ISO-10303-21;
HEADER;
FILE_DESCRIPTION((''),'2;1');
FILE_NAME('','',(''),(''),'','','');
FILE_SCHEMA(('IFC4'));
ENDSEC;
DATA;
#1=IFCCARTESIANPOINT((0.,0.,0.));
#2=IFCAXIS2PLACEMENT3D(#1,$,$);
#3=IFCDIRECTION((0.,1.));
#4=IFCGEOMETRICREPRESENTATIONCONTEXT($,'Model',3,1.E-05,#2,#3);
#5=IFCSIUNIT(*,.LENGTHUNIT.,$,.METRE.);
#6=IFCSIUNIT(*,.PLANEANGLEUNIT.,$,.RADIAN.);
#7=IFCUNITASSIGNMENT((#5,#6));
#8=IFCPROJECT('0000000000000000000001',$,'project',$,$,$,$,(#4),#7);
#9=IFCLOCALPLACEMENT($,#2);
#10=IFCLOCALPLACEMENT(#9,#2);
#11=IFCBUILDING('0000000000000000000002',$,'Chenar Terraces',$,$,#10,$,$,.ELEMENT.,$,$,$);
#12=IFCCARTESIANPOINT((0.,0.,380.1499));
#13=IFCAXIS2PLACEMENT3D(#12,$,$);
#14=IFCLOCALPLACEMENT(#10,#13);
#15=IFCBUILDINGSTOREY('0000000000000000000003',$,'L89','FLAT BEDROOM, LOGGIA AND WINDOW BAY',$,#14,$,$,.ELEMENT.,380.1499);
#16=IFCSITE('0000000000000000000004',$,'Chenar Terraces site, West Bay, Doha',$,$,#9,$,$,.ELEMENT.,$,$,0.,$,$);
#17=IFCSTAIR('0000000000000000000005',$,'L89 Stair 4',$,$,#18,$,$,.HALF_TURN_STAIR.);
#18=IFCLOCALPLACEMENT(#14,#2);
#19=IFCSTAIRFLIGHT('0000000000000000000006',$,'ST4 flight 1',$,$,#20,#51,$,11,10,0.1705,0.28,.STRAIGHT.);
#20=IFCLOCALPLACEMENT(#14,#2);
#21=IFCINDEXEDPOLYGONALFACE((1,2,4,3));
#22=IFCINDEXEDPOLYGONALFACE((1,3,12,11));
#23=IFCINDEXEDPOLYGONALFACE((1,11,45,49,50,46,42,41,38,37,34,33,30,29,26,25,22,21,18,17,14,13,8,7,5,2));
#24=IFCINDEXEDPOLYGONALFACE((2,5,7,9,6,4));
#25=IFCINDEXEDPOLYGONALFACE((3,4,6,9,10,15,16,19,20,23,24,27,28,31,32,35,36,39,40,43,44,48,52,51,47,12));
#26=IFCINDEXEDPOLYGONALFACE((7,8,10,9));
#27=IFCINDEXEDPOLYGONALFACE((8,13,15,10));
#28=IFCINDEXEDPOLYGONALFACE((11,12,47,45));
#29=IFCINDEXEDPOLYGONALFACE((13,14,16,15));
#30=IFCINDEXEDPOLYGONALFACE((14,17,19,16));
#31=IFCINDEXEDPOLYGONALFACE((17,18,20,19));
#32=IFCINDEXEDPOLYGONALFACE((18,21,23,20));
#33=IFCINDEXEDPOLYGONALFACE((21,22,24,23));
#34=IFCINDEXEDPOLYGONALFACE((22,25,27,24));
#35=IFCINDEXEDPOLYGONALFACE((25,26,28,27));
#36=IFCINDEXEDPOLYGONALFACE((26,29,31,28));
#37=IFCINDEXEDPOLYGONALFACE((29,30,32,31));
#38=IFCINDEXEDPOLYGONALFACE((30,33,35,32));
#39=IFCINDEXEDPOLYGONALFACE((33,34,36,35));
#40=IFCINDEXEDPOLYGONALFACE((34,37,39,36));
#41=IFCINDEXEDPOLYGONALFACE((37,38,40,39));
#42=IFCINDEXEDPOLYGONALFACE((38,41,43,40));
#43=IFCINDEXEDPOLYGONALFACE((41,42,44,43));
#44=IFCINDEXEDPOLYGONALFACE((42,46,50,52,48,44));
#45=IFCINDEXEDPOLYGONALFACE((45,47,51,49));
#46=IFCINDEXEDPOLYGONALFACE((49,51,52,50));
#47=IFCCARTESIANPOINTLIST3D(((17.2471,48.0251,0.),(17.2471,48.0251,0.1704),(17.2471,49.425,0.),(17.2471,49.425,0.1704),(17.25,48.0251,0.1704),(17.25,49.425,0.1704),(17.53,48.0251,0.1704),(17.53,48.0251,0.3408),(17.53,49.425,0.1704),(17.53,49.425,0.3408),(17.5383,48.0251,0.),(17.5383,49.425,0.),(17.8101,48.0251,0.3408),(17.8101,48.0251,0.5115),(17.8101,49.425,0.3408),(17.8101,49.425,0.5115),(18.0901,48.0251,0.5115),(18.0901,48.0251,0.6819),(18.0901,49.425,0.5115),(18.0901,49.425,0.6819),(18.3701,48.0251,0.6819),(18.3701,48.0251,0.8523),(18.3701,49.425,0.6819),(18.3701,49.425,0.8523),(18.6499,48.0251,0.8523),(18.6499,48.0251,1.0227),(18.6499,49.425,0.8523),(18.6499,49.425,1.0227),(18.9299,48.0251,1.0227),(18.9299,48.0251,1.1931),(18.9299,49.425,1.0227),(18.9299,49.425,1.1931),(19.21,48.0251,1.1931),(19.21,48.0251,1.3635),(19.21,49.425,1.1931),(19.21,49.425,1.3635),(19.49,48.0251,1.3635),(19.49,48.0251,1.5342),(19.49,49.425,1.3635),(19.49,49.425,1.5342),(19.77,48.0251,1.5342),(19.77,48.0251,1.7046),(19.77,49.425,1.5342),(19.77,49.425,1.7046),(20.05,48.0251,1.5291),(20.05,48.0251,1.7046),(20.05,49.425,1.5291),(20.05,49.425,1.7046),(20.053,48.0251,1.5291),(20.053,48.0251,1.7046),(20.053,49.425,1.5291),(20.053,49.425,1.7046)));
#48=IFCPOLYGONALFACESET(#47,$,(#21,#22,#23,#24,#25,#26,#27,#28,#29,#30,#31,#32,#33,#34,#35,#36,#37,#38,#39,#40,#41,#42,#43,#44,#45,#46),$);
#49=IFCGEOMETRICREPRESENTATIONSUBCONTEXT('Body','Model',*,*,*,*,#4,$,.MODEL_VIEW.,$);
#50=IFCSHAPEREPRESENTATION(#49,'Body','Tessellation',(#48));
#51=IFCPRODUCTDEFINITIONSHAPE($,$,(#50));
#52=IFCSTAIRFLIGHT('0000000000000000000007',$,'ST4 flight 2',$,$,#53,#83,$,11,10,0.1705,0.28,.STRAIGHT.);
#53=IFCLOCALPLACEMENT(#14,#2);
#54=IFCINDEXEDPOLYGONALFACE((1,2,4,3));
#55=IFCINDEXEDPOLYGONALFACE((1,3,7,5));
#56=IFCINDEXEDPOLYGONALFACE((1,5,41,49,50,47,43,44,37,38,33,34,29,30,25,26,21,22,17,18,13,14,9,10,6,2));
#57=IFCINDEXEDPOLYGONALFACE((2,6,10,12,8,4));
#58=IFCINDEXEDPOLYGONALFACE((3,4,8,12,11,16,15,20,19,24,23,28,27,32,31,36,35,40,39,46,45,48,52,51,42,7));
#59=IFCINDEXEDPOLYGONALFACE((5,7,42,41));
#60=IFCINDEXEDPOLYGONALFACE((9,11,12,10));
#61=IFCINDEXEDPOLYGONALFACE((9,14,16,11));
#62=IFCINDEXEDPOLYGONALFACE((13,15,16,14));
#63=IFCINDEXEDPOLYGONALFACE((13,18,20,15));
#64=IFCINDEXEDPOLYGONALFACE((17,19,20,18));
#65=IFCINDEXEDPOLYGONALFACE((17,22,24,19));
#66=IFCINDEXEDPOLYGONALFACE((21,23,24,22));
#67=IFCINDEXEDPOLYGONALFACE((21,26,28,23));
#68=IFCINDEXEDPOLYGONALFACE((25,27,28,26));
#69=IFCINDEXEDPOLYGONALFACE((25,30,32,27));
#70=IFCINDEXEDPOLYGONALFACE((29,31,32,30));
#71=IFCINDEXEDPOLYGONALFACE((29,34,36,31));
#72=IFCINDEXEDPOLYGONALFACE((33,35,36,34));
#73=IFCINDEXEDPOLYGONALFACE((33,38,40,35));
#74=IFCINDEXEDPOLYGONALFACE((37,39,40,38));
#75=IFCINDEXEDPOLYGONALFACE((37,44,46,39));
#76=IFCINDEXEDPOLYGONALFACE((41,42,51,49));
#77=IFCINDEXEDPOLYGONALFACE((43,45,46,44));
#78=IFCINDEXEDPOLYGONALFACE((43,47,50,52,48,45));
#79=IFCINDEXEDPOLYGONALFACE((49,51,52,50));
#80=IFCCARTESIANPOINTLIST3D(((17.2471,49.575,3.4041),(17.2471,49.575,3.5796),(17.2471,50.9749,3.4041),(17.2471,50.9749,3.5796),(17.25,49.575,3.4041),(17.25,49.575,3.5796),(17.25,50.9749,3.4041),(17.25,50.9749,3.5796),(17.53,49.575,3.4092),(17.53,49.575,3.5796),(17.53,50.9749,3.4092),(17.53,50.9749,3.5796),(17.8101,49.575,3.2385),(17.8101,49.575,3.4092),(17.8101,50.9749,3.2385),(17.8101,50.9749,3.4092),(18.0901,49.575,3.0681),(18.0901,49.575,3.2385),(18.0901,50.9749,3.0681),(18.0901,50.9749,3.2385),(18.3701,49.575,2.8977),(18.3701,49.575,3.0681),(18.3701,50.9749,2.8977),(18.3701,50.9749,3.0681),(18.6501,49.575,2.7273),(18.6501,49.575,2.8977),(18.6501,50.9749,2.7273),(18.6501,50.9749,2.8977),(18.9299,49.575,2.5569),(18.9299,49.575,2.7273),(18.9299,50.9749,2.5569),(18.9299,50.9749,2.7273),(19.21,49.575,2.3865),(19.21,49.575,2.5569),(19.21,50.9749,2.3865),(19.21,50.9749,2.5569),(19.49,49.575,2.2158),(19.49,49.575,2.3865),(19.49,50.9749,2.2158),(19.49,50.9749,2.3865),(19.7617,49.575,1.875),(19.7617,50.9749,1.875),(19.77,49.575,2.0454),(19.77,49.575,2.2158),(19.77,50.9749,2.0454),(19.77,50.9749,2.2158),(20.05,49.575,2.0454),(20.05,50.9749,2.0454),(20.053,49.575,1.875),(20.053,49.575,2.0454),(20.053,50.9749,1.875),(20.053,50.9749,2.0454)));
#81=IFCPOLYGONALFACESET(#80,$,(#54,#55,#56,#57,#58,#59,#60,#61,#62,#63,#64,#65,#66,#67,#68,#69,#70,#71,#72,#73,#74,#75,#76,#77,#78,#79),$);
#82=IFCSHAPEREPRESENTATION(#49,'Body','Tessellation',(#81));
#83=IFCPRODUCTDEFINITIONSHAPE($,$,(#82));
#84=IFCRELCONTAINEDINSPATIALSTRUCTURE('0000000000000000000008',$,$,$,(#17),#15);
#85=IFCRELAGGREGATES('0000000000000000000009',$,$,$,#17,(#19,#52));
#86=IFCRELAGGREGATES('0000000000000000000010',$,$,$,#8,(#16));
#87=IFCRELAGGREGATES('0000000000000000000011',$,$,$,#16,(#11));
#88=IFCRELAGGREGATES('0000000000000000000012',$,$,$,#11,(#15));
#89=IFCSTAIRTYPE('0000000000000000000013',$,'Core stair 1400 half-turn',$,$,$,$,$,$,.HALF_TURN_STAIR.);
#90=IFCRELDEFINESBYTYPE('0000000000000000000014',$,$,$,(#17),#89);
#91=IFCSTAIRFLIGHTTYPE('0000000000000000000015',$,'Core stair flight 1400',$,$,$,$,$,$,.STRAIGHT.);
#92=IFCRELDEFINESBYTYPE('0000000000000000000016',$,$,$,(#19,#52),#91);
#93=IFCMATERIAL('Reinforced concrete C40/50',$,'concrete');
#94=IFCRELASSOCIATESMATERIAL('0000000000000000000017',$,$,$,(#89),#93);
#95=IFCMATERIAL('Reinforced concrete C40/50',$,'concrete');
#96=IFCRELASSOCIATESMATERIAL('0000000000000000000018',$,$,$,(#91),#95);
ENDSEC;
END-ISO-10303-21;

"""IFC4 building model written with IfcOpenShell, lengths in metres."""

from ifc_helpers import new_model, si_unit, direction, frame, origin, place, context, subcontext, project, spatial, polyline, outline, extrude, material, type_object, element, aggregate, save


model = new_model("IFC4")

# Units and contexts
model_context = context("Model", 3, precision=1e-05, world=origin(), true_north=direction((0.0, 1.0)))
body_context = subcontext(model_context, "Body", "Model", "MODEL_VIEW")
ifc_project = project(units=[si_unit("LENGTHUNIT", "METRE"), si_unit("PLANEANGLEUNIT", "RADIAN")], contexts=[model_context])

# Site, building, storey
site_placement = place(None, origin())
site = spatial("IfcSite", under=ifc_project, at=site_placement, Name="Chenar Terraces site, West Bay, Doha", CompositionType="ELEMENT", RefElevation=0.0)
building_placement = place(site_placement, origin())
building = spatial("IfcBuilding", under=site, at=building_placement, Name="Chenar Terraces", CompositionType="ELEMENT")
storey_placement = place(building_placement, frame((0.0, 0.0, 380.1499)))
storey = spatial("IfcBuildingStorey", under=building, at=storey_placement, Name="L89", Description="FLAT BEDROOM, LOGGIA AND WINDOW BAY", CompositionType="ELEMENT", Elevation=380.1499)

# Stair, stair flights
ifc_material_1 = material(Name="Reinforced concrete C40/50", Category="concrete")
stair_type = type_object("IfcStairType", Name="Core stair 1400 half-turn", PredefinedType="HALF_TURN_STAIR", material=ifc_material_1)
stair_placement = place(storey_placement, origin())
stair = element("IfcStair", 1, at=stair_placement, inside=storey, type_object=stair_type, Name="L89 Stair 4", PredefinedType="HALF_TURN_STAIR")
ifc_material_2 = material(Name="Reinforced concrete C40/50", Category="concrete")
stair_flight_type = type_object("IfcStairFlightType", Name="Core stair flight 1400", PredefinedType="STRAIGHT", material=ifc_material_2)
stair_flight_1_placement = place(storey_placement, frame((17.25, 48.7251, 0.0), z_axis=(0.0, 0.0, 1.0), x_axis=(1.0, 0.0, 0.0)))
stair_flight_1 = element("IfcStairFlight", 2, at=stair_flight_1_placement, type_object=stair_flight_type, Name="ST4 flight 1", NumberOfRisers=11, NumberOfTreads=10, PredefinedType="STRAIGHT", RiserHeight=0.1705, TreadLength=0.28, context=body_context, shape_type="SweptSolid", body=[
    extrude(outline(polyline([(-0.0029, 0.0), (-0.0029, 0.1704), (0.0, 0.1704), (0.28, 0.1704), (0.28, 0.3408), (0.5601, 0.3408), (0.5601, 0.5115), (0.8401, 0.5115), (0.8401, 0.6819), (1.1201, 0.6819), (1.1201, 0.8523), (1.3999, 0.8523), (1.3999, 1.0227), (1.6799, 1.0227), (1.6799, 1.1931), (1.96, 1.1931), (1.96, 1.3635), (2.24, 1.3635), (2.24, 1.5342), (2.52, 1.5342), (2.52, 1.7046), (2.8, 1.7046), (2.803, 1.7046), (2.803, 1.5291), (2.8, 1.5291), (0.2883, 0.0), (-0.0029, 0.0)])), frame((0.0, 0.7, 0.0), z_axis=(0.0, -1.0, 0.0), x_axis=(1.0, 0.0, 0.0)), (0.0, 0.0, 1.0), 1.3999),
])
stair_flight_2_placement = place(storey_placement, frame((20.05, 50.2749, 1.875), z_axis=(0.0, 0.0, 1.0), x_axis=(-1.0, 0.0, 0.0)))
stair_flight_2 = element("IfcStairFlight", 3, at=stair_flight_2_placement, type_object=stair_flight_type, Name="ST4 flight 2", NumberOfRisers=11, NumberOfTreads=10, PredefinedType="STRAIGHT", RiserHeight=0.1705, TreadLength=0.28, context=body_context, shape_type="SweptSolid", body=[
    extrude(outline(polyline([(-0.0029, 0.0), (-0.0029, 0.1704), (0.0, 0.1704), (0.28, 0.1704), (0.28, 0.3408), (0.5601, 0.3408), (0.5601, 0.5115), (0.8401, 0.5115), (0.8401, 0.6819), (1.1201, 0.6819), (1.1201, 0.8523), (1.3999, 0.8523), (1.3999, 1.0227), (1.6799, 1.0227), (1.6799, 1.1931), (1.96, 1.1931), (1.96, 1.3635), (2.24, 1.3635), (2.24, 1.5342), (2.52, 1.5342), (2.52, 1.7046), (2.8, 1.7046), (2.803, 1.7046), (2.803, 1.5291), (2.8, 1.5291), (0.2883, 0.0), (-0.0029, 0.0)])), frame((0.0, 0.7, 0.0), z_axis=(0.0, -1.0, 0.0), x_axis=(1.0, 0.0, 0.0)), (0.0, 0.0, 1.0), 1.3999),
])
aggregate(stair, [stair_flight_1, stair_flight_2])

save(model, "model.ifc")
